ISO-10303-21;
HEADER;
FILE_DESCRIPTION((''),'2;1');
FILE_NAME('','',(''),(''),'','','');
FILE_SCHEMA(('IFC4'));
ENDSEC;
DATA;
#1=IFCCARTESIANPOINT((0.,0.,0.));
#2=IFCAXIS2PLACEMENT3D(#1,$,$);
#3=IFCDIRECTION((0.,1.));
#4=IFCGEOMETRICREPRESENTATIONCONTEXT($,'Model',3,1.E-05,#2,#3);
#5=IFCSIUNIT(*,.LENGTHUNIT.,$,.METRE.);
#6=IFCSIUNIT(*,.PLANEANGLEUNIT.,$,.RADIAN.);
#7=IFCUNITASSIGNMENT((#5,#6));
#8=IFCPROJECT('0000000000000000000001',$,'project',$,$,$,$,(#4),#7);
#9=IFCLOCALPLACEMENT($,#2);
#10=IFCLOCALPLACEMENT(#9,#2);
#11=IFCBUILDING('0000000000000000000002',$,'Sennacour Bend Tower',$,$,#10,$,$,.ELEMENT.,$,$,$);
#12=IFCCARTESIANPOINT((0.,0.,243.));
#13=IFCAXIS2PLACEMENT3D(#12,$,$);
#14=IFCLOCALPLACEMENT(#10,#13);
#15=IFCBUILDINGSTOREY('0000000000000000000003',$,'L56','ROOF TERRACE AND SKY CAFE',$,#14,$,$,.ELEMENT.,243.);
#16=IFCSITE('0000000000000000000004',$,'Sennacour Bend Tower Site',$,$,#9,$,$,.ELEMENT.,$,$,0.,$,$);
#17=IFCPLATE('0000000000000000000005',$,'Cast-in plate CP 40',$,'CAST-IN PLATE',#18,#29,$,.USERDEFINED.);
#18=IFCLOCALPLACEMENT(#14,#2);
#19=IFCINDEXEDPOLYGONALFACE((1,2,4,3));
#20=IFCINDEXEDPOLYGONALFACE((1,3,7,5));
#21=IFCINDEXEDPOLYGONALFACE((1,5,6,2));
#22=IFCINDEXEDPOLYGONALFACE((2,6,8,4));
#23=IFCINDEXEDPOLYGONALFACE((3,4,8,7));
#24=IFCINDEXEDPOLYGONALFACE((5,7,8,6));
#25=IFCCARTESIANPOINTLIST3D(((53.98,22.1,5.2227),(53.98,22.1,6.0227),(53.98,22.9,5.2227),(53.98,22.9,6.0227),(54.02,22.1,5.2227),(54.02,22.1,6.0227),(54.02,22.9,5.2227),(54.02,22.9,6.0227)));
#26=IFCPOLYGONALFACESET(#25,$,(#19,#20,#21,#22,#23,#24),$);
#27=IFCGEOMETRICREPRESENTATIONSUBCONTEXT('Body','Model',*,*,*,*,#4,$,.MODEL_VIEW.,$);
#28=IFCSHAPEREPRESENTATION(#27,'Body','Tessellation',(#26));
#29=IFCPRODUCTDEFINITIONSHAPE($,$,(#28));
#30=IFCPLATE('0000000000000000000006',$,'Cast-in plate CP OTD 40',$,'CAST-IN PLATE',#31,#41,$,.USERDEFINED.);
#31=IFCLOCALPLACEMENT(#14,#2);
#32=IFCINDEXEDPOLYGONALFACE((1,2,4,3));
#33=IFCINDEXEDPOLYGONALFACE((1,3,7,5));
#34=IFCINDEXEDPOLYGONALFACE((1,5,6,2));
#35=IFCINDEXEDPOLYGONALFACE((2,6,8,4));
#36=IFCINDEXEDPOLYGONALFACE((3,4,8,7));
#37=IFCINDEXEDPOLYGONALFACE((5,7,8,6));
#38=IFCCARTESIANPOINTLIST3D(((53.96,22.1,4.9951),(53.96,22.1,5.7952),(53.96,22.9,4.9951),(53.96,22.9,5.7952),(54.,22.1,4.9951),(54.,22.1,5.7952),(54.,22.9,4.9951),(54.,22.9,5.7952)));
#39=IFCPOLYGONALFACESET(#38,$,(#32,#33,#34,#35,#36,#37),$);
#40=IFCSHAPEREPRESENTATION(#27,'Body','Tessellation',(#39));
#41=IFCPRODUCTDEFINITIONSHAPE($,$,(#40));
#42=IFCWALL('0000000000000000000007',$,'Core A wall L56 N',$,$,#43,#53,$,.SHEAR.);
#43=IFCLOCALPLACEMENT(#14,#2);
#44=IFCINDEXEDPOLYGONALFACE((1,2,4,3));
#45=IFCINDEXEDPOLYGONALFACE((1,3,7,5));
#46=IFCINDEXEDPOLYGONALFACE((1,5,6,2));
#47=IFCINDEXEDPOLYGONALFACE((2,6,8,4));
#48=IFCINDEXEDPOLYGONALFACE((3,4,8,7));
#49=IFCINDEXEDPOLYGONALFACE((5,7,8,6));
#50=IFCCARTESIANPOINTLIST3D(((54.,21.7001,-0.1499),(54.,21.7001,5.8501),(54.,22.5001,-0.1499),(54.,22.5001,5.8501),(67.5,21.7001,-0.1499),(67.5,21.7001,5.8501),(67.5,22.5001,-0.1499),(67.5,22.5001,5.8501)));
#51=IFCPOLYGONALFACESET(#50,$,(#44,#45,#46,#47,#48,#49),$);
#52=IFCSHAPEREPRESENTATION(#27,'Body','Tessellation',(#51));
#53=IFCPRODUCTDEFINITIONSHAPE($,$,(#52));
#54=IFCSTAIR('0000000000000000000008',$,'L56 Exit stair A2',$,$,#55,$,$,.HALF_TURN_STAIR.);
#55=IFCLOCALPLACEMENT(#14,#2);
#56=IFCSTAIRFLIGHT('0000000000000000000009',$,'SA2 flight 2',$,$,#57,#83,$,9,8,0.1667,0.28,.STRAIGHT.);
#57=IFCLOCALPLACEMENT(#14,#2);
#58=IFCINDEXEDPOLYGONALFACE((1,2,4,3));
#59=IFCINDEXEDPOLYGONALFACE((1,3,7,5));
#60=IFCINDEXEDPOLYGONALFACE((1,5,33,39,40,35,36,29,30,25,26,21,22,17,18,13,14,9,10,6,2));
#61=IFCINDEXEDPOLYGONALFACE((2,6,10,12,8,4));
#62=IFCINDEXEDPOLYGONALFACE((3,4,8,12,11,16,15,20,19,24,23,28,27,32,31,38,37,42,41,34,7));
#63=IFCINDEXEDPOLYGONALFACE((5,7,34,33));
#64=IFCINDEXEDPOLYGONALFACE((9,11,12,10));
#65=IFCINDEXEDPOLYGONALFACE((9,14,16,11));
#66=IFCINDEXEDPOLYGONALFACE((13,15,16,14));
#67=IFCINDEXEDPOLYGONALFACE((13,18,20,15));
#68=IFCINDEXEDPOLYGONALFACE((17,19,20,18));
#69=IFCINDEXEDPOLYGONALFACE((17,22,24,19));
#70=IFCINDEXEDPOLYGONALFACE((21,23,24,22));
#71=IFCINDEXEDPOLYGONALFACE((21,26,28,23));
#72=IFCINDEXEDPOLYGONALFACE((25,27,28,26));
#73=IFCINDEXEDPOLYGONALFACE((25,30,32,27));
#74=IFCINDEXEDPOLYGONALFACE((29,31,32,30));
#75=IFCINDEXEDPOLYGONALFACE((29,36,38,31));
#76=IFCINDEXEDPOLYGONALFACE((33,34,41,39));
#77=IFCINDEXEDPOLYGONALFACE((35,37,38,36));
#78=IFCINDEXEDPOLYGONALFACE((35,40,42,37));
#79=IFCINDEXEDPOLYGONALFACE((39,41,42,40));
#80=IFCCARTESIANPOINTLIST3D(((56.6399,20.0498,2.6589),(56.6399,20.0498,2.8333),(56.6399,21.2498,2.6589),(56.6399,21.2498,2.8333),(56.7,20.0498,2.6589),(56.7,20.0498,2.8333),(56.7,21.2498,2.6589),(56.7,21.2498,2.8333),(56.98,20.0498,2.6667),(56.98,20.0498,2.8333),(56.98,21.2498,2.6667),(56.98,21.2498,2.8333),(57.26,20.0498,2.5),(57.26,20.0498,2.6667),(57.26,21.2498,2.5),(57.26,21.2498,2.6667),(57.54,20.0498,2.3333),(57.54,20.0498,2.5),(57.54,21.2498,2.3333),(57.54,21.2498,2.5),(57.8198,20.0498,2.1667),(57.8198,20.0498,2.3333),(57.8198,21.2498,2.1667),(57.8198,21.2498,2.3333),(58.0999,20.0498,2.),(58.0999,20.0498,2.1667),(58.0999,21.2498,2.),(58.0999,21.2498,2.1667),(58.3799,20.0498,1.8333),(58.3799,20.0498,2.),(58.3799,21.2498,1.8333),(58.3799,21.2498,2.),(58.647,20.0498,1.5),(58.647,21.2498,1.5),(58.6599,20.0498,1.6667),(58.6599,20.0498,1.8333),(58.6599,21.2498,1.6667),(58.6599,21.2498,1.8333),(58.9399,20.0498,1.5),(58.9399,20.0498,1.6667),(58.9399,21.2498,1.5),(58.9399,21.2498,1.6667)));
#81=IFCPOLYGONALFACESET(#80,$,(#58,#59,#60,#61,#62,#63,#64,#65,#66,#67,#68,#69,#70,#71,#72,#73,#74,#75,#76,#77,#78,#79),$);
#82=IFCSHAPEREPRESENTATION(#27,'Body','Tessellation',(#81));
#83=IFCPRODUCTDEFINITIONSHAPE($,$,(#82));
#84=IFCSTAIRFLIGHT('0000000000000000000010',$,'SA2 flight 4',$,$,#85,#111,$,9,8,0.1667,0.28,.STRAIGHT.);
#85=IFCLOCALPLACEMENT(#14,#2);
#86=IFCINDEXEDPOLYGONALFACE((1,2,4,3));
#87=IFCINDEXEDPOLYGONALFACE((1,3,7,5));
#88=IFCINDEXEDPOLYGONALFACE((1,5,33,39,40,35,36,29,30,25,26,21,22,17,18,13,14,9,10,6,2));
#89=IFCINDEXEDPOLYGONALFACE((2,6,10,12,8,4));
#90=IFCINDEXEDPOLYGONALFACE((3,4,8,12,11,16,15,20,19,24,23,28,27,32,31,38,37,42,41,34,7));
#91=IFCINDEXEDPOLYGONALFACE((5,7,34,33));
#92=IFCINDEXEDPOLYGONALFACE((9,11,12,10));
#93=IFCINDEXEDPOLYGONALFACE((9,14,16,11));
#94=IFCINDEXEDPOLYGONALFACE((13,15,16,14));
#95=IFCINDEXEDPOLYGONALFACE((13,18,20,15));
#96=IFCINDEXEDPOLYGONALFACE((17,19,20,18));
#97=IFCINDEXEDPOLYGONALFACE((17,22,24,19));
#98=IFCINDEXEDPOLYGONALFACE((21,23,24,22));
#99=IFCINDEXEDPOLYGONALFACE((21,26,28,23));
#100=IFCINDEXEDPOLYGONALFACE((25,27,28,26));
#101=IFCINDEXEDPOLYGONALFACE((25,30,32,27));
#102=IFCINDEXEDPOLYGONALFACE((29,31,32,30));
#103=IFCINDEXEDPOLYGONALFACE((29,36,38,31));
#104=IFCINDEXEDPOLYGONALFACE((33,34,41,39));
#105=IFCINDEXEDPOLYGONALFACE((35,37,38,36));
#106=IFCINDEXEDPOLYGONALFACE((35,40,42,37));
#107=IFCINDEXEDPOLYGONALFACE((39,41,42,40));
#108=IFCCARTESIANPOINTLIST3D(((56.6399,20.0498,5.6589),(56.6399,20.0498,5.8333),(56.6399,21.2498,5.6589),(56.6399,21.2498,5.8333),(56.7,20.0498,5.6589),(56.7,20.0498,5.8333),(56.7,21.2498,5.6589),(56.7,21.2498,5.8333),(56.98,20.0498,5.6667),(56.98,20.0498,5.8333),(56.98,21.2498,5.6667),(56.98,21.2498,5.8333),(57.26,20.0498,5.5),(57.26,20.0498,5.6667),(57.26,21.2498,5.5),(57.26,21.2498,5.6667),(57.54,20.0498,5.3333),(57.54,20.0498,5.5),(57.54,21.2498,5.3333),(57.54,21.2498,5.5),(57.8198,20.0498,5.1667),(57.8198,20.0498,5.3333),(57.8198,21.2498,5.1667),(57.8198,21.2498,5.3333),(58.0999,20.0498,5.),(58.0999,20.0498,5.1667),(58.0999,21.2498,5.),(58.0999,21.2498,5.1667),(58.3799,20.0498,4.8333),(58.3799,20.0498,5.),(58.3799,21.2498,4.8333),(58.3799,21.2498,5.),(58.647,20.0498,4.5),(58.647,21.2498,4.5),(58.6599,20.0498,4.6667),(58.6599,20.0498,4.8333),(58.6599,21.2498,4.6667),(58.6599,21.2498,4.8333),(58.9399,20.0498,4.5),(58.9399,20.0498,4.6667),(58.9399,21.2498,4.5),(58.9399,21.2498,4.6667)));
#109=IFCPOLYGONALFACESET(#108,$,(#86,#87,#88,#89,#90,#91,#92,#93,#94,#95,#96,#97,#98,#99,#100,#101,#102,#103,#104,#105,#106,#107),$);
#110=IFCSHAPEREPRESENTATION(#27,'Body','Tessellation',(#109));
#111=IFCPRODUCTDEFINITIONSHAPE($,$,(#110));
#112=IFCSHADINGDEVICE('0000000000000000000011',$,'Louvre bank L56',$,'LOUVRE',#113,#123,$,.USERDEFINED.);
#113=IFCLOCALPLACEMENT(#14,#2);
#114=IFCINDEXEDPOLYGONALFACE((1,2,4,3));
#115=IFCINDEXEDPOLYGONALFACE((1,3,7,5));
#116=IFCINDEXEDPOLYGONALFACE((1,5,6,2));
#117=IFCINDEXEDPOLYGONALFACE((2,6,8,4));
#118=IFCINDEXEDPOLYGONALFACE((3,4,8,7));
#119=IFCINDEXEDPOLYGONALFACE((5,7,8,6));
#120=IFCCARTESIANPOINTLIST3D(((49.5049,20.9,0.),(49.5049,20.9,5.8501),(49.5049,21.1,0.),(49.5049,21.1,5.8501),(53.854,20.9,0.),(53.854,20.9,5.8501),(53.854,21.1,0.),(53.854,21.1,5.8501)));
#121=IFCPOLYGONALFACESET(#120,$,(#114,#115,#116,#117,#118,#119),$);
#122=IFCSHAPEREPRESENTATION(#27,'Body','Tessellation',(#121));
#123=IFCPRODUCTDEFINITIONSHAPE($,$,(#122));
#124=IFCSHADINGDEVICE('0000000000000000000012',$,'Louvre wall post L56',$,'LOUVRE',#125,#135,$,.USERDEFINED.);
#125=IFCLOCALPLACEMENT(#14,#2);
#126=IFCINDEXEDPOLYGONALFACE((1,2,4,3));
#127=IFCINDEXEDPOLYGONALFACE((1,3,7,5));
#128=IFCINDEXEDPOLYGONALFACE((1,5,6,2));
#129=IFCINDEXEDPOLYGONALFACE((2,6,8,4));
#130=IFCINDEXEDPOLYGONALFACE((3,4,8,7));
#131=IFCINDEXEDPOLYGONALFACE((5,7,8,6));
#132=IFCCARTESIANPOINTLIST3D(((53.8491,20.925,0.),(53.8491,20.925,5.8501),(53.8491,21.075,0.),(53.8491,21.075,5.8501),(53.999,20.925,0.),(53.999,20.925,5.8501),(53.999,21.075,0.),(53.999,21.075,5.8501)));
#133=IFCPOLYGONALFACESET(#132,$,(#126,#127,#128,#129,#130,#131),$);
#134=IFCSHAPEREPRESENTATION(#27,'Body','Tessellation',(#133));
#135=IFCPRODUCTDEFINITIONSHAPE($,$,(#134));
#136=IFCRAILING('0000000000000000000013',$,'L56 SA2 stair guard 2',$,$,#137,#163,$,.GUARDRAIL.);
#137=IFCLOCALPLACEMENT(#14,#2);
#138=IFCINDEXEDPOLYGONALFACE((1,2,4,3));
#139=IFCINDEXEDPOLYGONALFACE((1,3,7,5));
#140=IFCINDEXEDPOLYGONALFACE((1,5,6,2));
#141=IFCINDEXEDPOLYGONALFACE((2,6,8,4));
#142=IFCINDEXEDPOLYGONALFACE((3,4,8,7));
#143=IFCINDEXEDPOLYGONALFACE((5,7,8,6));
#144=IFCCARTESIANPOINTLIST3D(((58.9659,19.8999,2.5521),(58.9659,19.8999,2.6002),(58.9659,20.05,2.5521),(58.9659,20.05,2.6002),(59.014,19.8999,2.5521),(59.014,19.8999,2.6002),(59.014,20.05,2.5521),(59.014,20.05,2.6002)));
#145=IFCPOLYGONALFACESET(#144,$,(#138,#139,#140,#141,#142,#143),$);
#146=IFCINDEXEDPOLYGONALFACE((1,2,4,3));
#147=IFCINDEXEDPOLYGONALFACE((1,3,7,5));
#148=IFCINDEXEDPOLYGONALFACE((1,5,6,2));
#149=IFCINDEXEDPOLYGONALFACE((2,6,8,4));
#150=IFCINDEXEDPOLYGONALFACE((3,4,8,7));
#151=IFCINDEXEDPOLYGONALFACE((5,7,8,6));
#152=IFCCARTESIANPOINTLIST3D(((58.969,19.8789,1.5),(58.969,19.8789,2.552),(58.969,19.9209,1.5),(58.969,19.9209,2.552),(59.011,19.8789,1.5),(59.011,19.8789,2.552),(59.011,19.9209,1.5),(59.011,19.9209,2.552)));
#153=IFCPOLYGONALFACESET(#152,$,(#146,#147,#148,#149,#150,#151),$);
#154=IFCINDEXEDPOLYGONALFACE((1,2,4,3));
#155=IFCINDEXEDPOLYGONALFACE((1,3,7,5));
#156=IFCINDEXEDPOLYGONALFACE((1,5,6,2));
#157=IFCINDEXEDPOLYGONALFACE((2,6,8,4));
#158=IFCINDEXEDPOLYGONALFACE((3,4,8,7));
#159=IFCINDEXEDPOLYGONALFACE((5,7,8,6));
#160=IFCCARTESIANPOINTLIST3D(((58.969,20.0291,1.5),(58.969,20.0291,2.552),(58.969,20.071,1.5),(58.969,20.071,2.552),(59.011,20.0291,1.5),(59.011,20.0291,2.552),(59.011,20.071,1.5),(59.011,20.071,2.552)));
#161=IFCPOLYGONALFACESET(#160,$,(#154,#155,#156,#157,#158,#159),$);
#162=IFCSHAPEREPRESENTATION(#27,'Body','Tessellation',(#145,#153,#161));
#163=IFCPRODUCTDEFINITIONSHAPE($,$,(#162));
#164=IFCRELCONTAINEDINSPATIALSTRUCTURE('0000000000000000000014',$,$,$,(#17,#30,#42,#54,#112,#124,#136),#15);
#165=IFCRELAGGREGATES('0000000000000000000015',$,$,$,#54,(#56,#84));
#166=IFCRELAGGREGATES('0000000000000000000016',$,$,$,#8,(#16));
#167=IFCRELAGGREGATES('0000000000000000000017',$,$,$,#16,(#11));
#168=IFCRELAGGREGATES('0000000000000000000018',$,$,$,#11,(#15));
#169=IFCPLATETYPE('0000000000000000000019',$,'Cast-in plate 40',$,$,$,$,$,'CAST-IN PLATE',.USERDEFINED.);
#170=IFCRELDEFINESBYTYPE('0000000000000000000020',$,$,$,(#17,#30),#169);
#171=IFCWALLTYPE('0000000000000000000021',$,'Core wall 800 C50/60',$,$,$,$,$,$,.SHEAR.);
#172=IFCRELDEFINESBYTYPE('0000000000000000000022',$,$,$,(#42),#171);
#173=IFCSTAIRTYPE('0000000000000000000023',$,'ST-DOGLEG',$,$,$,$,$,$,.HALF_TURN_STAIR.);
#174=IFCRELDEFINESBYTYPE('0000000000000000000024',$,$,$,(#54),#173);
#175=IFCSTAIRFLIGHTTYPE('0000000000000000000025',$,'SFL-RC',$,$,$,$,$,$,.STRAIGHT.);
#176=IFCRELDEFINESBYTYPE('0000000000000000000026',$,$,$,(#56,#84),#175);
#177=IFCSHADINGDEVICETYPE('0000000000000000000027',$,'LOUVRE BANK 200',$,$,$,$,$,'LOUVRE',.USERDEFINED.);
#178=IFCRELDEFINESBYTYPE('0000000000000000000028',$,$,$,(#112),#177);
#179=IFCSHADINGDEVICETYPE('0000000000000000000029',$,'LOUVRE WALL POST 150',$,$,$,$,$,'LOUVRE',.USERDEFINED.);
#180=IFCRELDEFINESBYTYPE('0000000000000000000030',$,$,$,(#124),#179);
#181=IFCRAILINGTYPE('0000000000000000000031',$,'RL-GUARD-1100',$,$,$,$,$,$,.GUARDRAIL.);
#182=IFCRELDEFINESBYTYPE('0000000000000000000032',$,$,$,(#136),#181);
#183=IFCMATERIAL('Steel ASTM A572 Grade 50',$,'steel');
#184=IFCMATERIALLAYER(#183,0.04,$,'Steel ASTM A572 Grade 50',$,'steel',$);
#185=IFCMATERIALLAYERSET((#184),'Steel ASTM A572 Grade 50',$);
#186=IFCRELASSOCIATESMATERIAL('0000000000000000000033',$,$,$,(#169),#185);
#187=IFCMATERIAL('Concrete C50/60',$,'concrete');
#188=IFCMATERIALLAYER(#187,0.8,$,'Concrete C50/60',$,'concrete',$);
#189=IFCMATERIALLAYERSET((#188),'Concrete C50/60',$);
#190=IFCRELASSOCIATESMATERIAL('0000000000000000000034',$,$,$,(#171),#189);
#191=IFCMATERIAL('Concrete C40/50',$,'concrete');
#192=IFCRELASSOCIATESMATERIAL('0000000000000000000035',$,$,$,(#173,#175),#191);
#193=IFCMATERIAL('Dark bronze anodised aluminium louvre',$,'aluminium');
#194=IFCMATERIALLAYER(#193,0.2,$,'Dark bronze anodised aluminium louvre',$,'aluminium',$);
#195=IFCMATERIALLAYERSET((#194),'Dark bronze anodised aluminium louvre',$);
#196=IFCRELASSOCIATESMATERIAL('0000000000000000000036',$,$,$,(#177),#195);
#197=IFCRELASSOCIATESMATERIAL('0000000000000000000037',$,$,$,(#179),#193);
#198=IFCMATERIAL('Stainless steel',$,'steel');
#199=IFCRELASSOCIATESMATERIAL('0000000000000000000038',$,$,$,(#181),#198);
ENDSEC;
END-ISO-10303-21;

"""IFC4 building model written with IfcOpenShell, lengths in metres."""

from ifc_helpers import new_model, si_unit, direction, frame, frame_2d, origin, origin_2d, place, context, subcontext, project, spatial, polyline, rectangle, outline, extrude, material, layer, layer_set, type_object, element, aggregate, save


model = new_model("IFC4")

# Units and contexts
model_context = context("Model", 3, precision=1e-05, world=origin(), true_north=direction((0.0, 1.0)))
body_context = subcontext(model_context, "Body", "Model", "MODEL_VIEW")
ifc_project = project(units=[si_unit("LENGTHUNIT", "METRE"), si_unit("PLANEANGLEUNIT", "RADIAN")], contexts=[model_context])

# Site, building, storey
site_placement = place(None, origin())
site = spatial("IfcSite", under=ifc_project, at=site_placement, Name="Sennacour Bend Tower Site", CompositionType="ELEMENT", RefElevation=0.0)
building_placement = place(site_placement, origin())
building = spatial("IfcBuilding", under=site, at=building_placement, Name="Sennacour Bend Tower", CompositionType="ELEMENT")
storey_placement = place(building_placement, frame((0.0, 0.0, 243.0)))
storey = spatial("IfcBuildingStorey", under=building, at=storey_placement, Name="L56", Description="ROOF TERRACE AND SKY CAFE", CompositionType="ELEMENT", Elevation=243.0)

# Shared definitions
ifc_material_1 = material(Name="Steel ASTM A572 Grade 50", Category="steel")

# Plates
ifc_layer_1 = layer(ifc_material_1, 0.04, Name="Steel ASTM A572 Grade 50", Category="steel")
ifc_layer_set_1 = layer_set([ifc_layer_1], Name="Steel ASTM A572 Grade 50")
plate_type = type_object("IfcPlateType", Name="Cast-in plate 40", ElementType="CAST-IN PLATE", PredefinedType="USERDEFINED", material=ifc_layer_set_1)
for number, where, z_axis, x_axis, name in (
    (1, (54.0, 22.5, 5.2227), (0.0, 0.0, 1.0), (1.0, 0.0, 0.0), "Cast-in plate CP 40"),
    (2, (53.98, 22.5, 4.9951), (0.0, 0.0, 1.0), (1.0, 0.0, 0.0), "Cast-in plate CP OTD 40"),
):
    element("IfcPlate", number, at=place(storey_placement, frame(where, z_axis=z_axis, x_axis=x_axis)), inside=storey, type_object=plate_type, Name=name, ObjectType="CAST-IN PLATE", PredefinedType="USERDEFINED", context=body_context, shape_type="SweptSolid", body=[
        extrude(rectangle(XDim=0.04, YDim=0.8, at=origin_2d()), origin(), (0.0, 0.0, 1.0), 0.8),
    ])

# Wall
ifc_material_2 = material(Name="Concrete C50/60", Category="concrete")
ifc_layer_2 = layer(ifc_material_2, 0.8, Name="Concrete C50/60", Category="concrete")
ifc_layer_set_2 = layer_set([ifc_layer_2], Name="Concrete C50/60")
wall_type = type_object("IfcWallType", Name="Core wall 800 C50/60", PredefinedType="SHEAR", material=ifc_layer_set_2)
wall_placement = place(storey_placement, frame((54.0, 22.1001, -0.1499), z_axis=(0.0, 0.0, 1.0), x_axis=(1.0, 0.0, 0.0)))
element("IfcWall", 3, at=wall_placement, inside=storey, type_object=wall_type, Name="Core A wall L56 N", PredefinedType="SHEAR", context=body_context, shape_type="SweptSolid", body=[
    extrude(rectangle(XDim=13.5, YDim=0.8, at=frame_2d((6.75, 0.0))), origin(), (0.0, 0.0, 1.0), 6.0),
])

# Stair, stair flights
ifc_material_3 = material(Name="Concrete C40/50", Category="concrete")
stair_type = type_object("IfcStairType", Name="ST-DOGLEG", PredefinedType="HALF_TURN_STAIR", material=ifc_material_3)
stair_placement = place(storey_placement, origin())
stair = element("IfcStair", 4, at=stair_placement, inside=storey, type_object=stair_type, Name="L56 Exit stair A2", PredefinedType="HALF_TURN_STAIR")
stair_flight_type = type_object("IfcStairFlightType", Name="SFL-RC", PredefinedType="STRAIGHT", material=ifc_material_3)
stair_flight_1_placement = place(storey_placement, frame((58.9399, 20.6499, 1.5), z_axis=(0.0, 0.0, 1.0), x_axis=(-1.0, 0.0, 0.0)))
stair_flight_1 = element("IfcStairFlight", 5, at=stair_flight_1_placement, type_object=stair_flight_type, Name="SA2 flight 2", NumberOfRisers=9, NumberOfTreads=8, PredefinedType="STRAIGHT", RiserHeight=0.1667, TreadLength=0.28, context=body_context, shape_type="SweptSolid", body=[
    extrude(outline(polyline([(0.0, 0.0), (0.0, 0.1667), (0.28, 0.1667), (0.28, 0.3333), (0.5601, 0.3333), (0.5601, 0.5), (0.8401, 0.5), (0.8401, 0.6667), (1.1201, 0.6667), (1.1201, 0.8333), (1.3999, 0.8333), (1.3999, 1.0), (1.6799, 1.0), (1.6799, 1.1667), (1.96, 1.1667), (1.96, 1.3333), (2.24, 1.3333), (2.3, 1.3333), (2.3, 1.1589), (2.24, 1.1589), (0.293, 0.0), (0.0, 0.0)])), frame((0.0, 0.6001, 0.0), z_axis=(0.0, -1.0, 0.0), x_axis=(1.0, 0.0, 0.0)), (0.0, 0.0, 1.0), 1.2),
])
stair_flight_2_placement = place(storey_placement, frame((58.9399, 20.6499, 4.5), z_axis=(0.0, 0.0, 1.0), x_axis=(-1.0, 0.0, 0.0)))
stair_flight_2 = element("IfcStairFlight", 6, at=stair_flight_2_placement, type_object=stair_flight_type, Name="SA2 flight 4", NumberOfRisers=9, NumberOfTreads=8, PredefinedType="STRAIGHT", RiserHeight=0.1667, TreadLength=0.28, context=body_context, shape_type="SweptSolid", body=[
    extrude(outline(polyline([(0.0, 0.0), (0.0, 0.1667), (0.28, 0.1667), (0.28, 0.3333), (0.5601, 0.3333), (0.5601, 0.5), (0.8401, 0.5), (0.8401, 0.6667), (1.1201, 0.6667), (1.1201, 0.8333), (1.3999, 0.8333), (1.3999, 1.0), (1.6799, 1.0), (1.6799, 1.1667), (1.96, 1.1667), (1.96, 1.3333), (2.24, 1.3333), (2.3, 1.3333), (2.3, 1.1589), (2.24, 1.1589), (0.293, 0.0), (0.0, 0.0)])), frame((0.0, 0.6001, 0.0), z_axis=(0.0, -1.0, 0.0), x_axis=(1.0, 0.0, 0.0)), (0.0, 0.0, 1.0), 1.2),
])
aggregate(stair, [stair_flight_1, stair_flight_2])

# Shading devices
ifc_material_4 = material(Name="Dark bronze anodised aluminium louvre", Category="aluminium")
ifc_layer_3 = layer(ifc_material_4, 0.2, Name="Dark bronze anodised aluminium louvre", Category="aluminium")
ifc_layer_set_3 = layer_set([ifc_layer_3], Name="Dark bronze anodised aluminium louvre")
shading_device_type_1 = type_object("IfcShadingDeviceType", Name="LOUVRE BANK 200", ElementType="LOUVRE", PredefinedType="USERDEFINED", material=ifc_layer_set_3)
shading_device_1_placement = place(storey_placement, frame((51.6794, 21.0, 0.0), z_axis=(0.0, 0.0, 1.0), x_axis=(1.0, 0.0, 0.0)))
element("IfcShadingDevice", 7, at=shading_device_1_placement, inside=storey, type_object=shading_device_type_1, Name="Louvre bank L56", ObjectType="LOUVRE", PredefinedType="USERDEFINED", context=body_context, shape_type="SweptSolid", body=[
    extrude(rectangle(XDim=4.3491, YDim=0.2, at=origin_2d()), origin(), (0.0, 0.0, 1.0), 5.8501),
])
shading_device_type_2 = type_object("IfcShadingDeviceType", Name="LOUVRE WALL POST 150", ElementType="LOUVRE", PredefinedType="USERDEFINED", material=ifc_material_4)
shading_device_2_placement = place(storey_placement, frame((53.9241, 21.0, 0.0), z_axis=(0.0, 0.0, 1.0), x_axis=(1.0, 0.0, 0.0)))
element("IfcShadingDevice", 8, at=shading_device_2_placement, inside=storey, type_object=shading_device_type_2, Name="Louvre wall post L56", ObjectType="LOUVRE", PredefinedType="USERDEFINED", context=body_context, shape_type="SweptSolid", body=[
    extrude(rectangle(XDim=0.1499, YDim=0.1499, at=origin_2d()), origin(), (0.0, 0.0, 1.0), 5.8501),
])

# Railing
ifc_material_5 = material(Name="Stainless steel", Category="steel")
railing_type_1 = type_object("IfcRailingType", Name="RL-GUARD-1100", PredefinedType="GUARDRAIL", material=ifc_material_5)
railing_1_placement = place(storey_placement, frame((58.99, 19.8999, 1.5)))
element("IfcRailing", 9, at=railing_1_placement, inside=storey, type_object=railing_type_1, Name="L56 SA2 stair guard 2", PredefinedType="GUARDRAIL", context=body_context, shape_type="SweptSolid", body=[
    extrude(rectangle(XDim=0.0481, YDim=0.0481, at=origin_2d()), frame((0.0, 0.0, 1.0762), z_axis=(0.0, 1.0, 0.0), x_axis=(-1.0, 0.0, 0.0)), (0.0, 0.0, 1.0), 0.1501),
    extrude(rectangle(XDim=0.042, YDim=0.042, at=origin_2d()), origin(), (0.0, 0.0, 1.0), 1.052),
    extrude(rectangle(XDim=0.042, YDim=0.042, at=origin_2d()), frame((0.0, 0.1501, 0.0)), (0.0, 0.0, 1.0), 1.052),
])

save(model, "model.ifc")
